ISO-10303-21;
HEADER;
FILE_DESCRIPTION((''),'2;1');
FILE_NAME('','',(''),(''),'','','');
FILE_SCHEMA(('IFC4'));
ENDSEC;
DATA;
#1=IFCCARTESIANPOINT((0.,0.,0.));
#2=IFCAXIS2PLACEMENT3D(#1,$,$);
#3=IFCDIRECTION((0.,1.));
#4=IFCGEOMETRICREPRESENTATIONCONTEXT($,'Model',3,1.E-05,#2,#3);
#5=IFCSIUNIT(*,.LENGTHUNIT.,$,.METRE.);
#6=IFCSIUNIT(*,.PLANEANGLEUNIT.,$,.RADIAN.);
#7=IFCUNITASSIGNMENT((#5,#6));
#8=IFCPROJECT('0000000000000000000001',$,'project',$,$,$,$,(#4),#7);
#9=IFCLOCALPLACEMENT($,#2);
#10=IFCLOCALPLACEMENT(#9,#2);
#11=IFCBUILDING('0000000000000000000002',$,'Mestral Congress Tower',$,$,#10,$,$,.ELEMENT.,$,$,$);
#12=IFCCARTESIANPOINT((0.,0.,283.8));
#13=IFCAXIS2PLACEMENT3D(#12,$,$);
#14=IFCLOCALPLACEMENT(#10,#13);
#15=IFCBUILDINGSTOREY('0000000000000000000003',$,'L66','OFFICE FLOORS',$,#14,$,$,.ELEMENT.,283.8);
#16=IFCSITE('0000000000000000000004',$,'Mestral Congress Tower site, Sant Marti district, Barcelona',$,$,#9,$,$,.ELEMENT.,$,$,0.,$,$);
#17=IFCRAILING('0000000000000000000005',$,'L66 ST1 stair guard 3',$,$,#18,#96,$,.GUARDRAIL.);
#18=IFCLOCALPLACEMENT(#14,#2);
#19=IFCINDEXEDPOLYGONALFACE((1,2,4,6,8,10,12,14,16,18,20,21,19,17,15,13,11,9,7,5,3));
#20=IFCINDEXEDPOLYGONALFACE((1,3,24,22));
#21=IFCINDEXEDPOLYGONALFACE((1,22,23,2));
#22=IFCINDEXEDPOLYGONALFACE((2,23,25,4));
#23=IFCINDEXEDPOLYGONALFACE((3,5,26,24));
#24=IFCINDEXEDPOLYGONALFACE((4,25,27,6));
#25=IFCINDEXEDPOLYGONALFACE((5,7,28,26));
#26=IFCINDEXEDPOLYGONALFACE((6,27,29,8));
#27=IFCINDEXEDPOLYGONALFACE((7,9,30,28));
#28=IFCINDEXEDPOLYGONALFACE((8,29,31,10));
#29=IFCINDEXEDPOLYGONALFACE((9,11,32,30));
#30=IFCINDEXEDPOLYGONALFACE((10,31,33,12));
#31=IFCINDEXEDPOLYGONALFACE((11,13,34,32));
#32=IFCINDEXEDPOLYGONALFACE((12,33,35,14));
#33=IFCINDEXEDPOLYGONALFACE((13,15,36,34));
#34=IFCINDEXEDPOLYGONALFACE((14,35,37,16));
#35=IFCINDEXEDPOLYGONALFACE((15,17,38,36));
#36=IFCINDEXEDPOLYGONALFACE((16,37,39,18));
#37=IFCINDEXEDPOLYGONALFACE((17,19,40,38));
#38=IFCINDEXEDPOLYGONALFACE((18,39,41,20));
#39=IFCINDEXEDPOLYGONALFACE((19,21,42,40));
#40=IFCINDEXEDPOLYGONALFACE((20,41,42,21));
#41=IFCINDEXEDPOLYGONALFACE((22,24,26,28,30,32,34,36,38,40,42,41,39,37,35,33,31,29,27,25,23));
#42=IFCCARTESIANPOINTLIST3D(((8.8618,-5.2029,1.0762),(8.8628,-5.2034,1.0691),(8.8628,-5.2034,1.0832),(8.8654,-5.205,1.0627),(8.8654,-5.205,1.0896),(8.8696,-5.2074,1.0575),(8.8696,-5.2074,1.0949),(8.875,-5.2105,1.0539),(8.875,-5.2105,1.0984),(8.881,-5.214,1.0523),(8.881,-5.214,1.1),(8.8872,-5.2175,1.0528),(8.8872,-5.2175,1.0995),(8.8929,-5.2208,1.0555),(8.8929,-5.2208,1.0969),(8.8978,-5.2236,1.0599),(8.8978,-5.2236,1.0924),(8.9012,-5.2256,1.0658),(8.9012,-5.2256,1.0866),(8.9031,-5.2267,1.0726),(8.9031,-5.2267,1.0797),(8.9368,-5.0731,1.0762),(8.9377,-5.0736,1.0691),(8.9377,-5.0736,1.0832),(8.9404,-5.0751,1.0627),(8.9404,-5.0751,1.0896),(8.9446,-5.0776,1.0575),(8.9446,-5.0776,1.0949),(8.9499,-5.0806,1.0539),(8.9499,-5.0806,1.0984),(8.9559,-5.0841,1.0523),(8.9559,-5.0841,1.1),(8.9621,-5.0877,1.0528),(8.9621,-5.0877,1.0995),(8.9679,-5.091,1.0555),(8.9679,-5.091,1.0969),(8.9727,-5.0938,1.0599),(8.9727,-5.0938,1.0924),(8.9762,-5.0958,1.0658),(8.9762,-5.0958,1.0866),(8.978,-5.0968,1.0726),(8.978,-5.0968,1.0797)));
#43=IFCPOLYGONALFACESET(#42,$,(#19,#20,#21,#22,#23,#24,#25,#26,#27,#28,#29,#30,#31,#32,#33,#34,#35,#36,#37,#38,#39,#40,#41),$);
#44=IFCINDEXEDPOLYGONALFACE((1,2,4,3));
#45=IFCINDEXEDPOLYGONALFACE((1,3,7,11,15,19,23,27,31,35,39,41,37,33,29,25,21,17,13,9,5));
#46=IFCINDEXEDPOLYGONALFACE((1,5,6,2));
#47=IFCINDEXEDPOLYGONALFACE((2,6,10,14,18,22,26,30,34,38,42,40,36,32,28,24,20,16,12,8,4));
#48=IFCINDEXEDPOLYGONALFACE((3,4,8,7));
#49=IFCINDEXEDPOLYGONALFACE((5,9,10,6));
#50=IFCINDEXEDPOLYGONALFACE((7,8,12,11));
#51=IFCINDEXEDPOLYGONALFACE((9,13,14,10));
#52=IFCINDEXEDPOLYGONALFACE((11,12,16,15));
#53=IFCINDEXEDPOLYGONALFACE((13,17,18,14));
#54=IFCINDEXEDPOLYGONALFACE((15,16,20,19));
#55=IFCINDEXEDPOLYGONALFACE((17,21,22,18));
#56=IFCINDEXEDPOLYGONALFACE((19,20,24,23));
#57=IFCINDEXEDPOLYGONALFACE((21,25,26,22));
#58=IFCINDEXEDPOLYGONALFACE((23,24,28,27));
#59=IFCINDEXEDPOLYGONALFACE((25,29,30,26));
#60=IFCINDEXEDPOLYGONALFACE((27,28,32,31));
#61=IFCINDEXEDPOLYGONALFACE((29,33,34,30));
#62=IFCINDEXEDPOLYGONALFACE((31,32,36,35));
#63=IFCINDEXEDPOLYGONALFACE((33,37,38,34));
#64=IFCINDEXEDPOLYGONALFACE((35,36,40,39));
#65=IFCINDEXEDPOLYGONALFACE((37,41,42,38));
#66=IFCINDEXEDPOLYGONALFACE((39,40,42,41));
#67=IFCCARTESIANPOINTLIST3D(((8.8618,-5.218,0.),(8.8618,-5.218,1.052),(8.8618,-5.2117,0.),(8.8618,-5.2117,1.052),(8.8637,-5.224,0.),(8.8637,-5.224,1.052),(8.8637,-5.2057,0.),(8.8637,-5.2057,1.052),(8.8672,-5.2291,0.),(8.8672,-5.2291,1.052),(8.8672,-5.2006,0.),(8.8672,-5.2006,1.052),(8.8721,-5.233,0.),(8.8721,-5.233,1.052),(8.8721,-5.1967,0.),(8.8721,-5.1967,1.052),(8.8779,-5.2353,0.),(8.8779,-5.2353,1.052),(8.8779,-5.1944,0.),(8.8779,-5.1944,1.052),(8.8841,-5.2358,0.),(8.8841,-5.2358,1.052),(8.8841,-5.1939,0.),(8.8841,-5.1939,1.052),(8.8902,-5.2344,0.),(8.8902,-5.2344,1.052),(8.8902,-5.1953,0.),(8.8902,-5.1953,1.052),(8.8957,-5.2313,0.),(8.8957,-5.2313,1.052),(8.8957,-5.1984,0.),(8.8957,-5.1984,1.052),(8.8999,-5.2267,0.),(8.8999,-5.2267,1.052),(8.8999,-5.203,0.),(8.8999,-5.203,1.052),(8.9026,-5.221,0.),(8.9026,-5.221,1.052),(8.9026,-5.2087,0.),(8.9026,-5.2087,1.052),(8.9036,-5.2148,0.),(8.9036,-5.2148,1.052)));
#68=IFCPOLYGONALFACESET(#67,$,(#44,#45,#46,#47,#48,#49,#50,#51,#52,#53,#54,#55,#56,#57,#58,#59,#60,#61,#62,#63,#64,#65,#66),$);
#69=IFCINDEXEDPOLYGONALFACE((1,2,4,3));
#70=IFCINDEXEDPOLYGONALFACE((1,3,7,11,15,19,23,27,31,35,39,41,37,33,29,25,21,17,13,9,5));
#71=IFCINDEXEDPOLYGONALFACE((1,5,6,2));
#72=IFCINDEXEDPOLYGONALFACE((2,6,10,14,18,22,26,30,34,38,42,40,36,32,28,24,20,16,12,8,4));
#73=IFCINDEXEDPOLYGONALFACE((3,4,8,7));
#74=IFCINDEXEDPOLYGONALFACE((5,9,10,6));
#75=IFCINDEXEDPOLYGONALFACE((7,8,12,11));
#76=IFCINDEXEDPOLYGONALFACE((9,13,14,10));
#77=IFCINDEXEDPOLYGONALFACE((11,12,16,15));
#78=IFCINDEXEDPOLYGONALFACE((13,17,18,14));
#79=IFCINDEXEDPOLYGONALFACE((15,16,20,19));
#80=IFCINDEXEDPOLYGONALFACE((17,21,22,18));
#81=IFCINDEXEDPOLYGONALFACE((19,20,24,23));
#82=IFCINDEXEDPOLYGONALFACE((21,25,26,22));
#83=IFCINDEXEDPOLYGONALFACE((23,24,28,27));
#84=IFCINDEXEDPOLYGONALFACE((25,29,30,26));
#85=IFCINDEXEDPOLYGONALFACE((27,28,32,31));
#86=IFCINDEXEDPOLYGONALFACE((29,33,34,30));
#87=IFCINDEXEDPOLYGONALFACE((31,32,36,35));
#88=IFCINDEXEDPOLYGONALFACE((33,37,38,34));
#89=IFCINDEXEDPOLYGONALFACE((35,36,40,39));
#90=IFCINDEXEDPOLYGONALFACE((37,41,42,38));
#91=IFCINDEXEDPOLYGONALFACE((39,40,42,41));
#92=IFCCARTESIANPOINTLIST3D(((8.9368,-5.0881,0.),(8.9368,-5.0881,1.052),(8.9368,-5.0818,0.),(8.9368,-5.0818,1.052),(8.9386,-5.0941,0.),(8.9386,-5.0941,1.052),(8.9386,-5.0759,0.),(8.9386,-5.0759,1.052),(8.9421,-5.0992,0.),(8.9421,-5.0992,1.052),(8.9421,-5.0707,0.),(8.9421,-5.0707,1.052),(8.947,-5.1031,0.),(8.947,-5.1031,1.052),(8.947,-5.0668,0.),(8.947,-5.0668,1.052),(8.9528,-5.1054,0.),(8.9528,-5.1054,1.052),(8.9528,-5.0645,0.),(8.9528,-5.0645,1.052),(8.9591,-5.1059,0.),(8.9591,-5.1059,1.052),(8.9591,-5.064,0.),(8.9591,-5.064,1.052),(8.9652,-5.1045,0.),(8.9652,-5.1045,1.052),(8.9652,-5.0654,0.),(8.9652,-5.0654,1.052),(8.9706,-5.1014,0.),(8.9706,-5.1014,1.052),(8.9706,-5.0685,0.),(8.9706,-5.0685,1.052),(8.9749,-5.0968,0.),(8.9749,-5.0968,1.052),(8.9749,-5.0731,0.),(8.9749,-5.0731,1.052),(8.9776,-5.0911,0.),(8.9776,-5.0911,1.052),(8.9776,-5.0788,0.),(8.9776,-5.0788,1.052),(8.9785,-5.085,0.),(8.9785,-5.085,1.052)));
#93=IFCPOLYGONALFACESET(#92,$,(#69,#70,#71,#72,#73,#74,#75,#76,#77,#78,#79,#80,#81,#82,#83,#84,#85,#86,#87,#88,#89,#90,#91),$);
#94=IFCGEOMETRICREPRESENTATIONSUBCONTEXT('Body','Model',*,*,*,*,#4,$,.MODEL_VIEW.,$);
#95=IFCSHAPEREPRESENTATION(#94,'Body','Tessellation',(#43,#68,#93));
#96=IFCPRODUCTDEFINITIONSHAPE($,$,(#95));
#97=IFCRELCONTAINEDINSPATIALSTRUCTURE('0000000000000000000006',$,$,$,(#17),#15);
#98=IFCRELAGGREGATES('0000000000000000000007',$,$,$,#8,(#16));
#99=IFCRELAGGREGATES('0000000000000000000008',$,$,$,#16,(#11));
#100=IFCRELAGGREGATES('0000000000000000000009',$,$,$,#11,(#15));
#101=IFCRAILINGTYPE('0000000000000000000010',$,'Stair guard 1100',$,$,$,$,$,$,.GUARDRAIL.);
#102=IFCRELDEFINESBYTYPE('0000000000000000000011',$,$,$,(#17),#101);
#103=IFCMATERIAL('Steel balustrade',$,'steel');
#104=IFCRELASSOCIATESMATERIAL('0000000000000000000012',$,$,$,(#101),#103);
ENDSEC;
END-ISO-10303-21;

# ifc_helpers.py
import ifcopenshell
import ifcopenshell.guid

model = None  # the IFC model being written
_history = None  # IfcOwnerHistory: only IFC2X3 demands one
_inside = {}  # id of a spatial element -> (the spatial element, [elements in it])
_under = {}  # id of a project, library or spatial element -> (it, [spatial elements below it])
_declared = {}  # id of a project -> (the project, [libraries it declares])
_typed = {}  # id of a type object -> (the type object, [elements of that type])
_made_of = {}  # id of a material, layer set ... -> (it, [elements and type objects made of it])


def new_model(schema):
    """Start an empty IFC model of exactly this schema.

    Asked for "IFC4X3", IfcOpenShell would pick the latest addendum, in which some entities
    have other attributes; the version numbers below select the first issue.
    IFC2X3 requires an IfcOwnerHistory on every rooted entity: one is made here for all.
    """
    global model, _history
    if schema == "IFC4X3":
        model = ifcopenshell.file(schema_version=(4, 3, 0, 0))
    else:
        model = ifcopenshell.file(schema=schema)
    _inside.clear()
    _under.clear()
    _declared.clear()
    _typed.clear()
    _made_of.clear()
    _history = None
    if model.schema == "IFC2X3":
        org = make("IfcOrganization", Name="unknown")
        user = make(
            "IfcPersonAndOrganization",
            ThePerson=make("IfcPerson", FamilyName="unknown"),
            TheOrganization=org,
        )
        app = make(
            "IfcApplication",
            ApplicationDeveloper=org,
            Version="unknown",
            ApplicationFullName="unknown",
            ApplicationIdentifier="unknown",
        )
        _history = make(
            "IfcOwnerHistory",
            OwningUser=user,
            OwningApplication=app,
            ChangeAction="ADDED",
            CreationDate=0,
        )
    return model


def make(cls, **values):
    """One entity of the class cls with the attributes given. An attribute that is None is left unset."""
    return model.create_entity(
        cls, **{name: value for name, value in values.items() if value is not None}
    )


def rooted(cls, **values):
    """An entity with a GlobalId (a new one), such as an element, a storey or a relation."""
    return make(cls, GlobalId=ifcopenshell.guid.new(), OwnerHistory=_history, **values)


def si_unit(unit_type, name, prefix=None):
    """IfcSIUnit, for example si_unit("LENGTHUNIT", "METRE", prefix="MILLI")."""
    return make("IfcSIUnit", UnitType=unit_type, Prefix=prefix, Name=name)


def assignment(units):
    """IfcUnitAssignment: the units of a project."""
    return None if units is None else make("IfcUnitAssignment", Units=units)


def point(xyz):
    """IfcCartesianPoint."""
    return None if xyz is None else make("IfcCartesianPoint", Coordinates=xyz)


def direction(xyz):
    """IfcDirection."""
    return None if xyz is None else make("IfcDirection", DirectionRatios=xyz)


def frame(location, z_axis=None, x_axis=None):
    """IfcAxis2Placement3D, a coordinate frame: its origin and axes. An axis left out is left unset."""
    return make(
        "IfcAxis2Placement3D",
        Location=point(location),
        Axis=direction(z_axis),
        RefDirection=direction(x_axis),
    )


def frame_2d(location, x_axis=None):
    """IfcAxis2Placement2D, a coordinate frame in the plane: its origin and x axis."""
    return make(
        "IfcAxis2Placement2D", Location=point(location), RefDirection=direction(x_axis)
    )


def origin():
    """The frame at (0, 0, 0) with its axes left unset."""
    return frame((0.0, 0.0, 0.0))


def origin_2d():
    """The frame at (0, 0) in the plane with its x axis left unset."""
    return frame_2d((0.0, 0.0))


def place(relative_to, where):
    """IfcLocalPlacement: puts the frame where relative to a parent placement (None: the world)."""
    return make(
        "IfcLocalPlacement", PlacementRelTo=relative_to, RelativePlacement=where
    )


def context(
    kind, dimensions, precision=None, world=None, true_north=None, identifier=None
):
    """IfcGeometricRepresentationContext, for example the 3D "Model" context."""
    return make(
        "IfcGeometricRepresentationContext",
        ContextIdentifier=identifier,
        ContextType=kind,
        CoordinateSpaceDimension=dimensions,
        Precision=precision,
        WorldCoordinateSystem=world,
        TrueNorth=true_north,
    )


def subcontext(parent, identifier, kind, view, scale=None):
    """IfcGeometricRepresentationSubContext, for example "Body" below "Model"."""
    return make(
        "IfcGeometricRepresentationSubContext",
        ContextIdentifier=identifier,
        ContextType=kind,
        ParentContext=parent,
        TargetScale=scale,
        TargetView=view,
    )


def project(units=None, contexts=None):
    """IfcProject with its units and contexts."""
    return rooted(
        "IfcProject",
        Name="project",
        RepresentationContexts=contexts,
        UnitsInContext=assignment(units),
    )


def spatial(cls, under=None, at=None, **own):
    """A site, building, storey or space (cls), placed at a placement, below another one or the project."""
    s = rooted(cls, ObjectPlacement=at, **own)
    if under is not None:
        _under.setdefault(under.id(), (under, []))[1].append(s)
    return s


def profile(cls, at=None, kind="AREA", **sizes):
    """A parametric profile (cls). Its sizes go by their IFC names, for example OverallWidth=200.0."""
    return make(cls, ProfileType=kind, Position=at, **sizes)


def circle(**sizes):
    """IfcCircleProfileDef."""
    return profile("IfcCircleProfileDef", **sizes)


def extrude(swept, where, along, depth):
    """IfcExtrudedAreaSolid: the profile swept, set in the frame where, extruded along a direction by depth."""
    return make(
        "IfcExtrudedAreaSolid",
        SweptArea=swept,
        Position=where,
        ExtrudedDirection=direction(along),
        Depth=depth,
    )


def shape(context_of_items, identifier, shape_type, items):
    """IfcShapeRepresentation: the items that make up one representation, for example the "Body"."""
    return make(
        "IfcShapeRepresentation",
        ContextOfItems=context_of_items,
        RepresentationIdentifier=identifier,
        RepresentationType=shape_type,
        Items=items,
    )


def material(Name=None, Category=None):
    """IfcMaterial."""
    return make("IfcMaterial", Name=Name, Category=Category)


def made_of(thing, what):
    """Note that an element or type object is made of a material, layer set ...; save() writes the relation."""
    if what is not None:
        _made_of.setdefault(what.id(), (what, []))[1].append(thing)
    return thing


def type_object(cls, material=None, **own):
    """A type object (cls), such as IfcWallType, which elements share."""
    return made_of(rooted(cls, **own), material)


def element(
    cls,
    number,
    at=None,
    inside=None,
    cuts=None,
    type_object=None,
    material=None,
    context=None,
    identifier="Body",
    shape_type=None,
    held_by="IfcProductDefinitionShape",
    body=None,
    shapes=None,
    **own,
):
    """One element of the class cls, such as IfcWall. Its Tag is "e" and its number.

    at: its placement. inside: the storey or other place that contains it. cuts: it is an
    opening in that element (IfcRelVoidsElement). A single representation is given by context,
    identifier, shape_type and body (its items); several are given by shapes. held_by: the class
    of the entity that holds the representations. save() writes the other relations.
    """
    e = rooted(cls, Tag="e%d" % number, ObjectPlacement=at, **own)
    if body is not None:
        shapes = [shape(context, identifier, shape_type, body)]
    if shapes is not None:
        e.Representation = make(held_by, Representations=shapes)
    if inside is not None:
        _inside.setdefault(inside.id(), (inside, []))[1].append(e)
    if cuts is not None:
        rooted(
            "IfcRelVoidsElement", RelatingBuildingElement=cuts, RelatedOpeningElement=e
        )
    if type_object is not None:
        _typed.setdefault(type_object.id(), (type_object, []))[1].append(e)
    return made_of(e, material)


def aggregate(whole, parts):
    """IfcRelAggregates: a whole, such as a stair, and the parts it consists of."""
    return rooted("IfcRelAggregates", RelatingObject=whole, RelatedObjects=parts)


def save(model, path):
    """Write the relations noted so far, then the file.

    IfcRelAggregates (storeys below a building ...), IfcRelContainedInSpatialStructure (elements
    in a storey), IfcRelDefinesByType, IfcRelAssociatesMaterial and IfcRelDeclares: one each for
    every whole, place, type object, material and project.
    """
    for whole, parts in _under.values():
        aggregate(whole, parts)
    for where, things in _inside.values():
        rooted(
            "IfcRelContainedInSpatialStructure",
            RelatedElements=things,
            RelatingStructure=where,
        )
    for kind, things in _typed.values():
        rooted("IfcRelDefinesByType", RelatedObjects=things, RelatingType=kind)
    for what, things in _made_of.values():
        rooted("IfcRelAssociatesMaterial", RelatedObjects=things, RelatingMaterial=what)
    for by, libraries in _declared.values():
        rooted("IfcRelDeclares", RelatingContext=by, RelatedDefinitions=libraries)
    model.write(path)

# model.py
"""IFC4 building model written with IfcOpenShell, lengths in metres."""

from ifc_helpers import new_model, si_unit, direction, frame, origin, origin_2d, place, context, subcontext, project, spatial, circle, extrude, material, type_object, element, save


model = new_model("IFC4")

# Units and contexts
model_context = context("Model", 3, precision=1e-05, world=origin(), true_north=direction((0.0, 1.0)))
body_context = subcontext(model_context, "Body", "Model", "MODEL_VIEW")
ifc_project = project(units=[si_unit("LENGTHUNIT", "METRE"), si_unit("PLANEANGLEUNIT", "RADIAN")], contexts=[model_context])

# Site, building, storey
site_placement = place(None, origin())
site = spatial("IfcSite", under=ifc_project, at=site_placement, Name="Mestral Congress Tower site, Sant Marti district, Barcelona", CompositionType="ELEMENT", RefElevation=0.0)
building_placement = place(site_placement, origin())
building = spatial("IfcBuilding", under=site, at=building_placement, Name="Mestral Congress Tower", CompositionType="ELEMENT")
storey_placement = place(building_placement, frame((0.0, 0.0, 283.8)))
storey = spatial("IfcBuildingStorey", under=building, at=storey_placement, Name="L66", Description="OFFICE FLOORS", CompositionType="ELEMENT", Elevation=283.8)

# Railing
ifc_material_1 = material(Name="Steel balustrade", Category="steel")
railing_type_1 = type_object("IfcRailingType", Name="Stair guard 1100", PredefinedType="GUARDRAIL", material=ifc_material_1)
railing_1_placement = place(storey_placement, frame((8.8826, -5.2148, 0.0)))
element("IfcRailing", 1, at=railing_1_placement, inside=storey, type_object=railing_type_1, Name="L66 ST1 stair guard 3", PredefinedType="GUARDRAIL", context=body_context, shape_type="SweptSolid", body=[
    extrude(circle(Radius=0.0239, at=origin_2d()), frame((0.0, 0.0, 1.0762), z_axis=(0.499816, 0.866131, 0.0), x_axis=(-0.866131, 0.499816, 0.0)), (0.0, 0.0, 1.0), 0.1499),
    extrude(circle(Radius=0.021, at=origin_2d()), origin(), (0.0, 0.0, 1.0), 1.052),
    extrude(circle(Radius=0.021, at=origin_2d()), frame((0.075, 0.1299, 0.0)), (0.0, 0.0, 1.0), 1.052),
])

save(model, "model.ifc")
